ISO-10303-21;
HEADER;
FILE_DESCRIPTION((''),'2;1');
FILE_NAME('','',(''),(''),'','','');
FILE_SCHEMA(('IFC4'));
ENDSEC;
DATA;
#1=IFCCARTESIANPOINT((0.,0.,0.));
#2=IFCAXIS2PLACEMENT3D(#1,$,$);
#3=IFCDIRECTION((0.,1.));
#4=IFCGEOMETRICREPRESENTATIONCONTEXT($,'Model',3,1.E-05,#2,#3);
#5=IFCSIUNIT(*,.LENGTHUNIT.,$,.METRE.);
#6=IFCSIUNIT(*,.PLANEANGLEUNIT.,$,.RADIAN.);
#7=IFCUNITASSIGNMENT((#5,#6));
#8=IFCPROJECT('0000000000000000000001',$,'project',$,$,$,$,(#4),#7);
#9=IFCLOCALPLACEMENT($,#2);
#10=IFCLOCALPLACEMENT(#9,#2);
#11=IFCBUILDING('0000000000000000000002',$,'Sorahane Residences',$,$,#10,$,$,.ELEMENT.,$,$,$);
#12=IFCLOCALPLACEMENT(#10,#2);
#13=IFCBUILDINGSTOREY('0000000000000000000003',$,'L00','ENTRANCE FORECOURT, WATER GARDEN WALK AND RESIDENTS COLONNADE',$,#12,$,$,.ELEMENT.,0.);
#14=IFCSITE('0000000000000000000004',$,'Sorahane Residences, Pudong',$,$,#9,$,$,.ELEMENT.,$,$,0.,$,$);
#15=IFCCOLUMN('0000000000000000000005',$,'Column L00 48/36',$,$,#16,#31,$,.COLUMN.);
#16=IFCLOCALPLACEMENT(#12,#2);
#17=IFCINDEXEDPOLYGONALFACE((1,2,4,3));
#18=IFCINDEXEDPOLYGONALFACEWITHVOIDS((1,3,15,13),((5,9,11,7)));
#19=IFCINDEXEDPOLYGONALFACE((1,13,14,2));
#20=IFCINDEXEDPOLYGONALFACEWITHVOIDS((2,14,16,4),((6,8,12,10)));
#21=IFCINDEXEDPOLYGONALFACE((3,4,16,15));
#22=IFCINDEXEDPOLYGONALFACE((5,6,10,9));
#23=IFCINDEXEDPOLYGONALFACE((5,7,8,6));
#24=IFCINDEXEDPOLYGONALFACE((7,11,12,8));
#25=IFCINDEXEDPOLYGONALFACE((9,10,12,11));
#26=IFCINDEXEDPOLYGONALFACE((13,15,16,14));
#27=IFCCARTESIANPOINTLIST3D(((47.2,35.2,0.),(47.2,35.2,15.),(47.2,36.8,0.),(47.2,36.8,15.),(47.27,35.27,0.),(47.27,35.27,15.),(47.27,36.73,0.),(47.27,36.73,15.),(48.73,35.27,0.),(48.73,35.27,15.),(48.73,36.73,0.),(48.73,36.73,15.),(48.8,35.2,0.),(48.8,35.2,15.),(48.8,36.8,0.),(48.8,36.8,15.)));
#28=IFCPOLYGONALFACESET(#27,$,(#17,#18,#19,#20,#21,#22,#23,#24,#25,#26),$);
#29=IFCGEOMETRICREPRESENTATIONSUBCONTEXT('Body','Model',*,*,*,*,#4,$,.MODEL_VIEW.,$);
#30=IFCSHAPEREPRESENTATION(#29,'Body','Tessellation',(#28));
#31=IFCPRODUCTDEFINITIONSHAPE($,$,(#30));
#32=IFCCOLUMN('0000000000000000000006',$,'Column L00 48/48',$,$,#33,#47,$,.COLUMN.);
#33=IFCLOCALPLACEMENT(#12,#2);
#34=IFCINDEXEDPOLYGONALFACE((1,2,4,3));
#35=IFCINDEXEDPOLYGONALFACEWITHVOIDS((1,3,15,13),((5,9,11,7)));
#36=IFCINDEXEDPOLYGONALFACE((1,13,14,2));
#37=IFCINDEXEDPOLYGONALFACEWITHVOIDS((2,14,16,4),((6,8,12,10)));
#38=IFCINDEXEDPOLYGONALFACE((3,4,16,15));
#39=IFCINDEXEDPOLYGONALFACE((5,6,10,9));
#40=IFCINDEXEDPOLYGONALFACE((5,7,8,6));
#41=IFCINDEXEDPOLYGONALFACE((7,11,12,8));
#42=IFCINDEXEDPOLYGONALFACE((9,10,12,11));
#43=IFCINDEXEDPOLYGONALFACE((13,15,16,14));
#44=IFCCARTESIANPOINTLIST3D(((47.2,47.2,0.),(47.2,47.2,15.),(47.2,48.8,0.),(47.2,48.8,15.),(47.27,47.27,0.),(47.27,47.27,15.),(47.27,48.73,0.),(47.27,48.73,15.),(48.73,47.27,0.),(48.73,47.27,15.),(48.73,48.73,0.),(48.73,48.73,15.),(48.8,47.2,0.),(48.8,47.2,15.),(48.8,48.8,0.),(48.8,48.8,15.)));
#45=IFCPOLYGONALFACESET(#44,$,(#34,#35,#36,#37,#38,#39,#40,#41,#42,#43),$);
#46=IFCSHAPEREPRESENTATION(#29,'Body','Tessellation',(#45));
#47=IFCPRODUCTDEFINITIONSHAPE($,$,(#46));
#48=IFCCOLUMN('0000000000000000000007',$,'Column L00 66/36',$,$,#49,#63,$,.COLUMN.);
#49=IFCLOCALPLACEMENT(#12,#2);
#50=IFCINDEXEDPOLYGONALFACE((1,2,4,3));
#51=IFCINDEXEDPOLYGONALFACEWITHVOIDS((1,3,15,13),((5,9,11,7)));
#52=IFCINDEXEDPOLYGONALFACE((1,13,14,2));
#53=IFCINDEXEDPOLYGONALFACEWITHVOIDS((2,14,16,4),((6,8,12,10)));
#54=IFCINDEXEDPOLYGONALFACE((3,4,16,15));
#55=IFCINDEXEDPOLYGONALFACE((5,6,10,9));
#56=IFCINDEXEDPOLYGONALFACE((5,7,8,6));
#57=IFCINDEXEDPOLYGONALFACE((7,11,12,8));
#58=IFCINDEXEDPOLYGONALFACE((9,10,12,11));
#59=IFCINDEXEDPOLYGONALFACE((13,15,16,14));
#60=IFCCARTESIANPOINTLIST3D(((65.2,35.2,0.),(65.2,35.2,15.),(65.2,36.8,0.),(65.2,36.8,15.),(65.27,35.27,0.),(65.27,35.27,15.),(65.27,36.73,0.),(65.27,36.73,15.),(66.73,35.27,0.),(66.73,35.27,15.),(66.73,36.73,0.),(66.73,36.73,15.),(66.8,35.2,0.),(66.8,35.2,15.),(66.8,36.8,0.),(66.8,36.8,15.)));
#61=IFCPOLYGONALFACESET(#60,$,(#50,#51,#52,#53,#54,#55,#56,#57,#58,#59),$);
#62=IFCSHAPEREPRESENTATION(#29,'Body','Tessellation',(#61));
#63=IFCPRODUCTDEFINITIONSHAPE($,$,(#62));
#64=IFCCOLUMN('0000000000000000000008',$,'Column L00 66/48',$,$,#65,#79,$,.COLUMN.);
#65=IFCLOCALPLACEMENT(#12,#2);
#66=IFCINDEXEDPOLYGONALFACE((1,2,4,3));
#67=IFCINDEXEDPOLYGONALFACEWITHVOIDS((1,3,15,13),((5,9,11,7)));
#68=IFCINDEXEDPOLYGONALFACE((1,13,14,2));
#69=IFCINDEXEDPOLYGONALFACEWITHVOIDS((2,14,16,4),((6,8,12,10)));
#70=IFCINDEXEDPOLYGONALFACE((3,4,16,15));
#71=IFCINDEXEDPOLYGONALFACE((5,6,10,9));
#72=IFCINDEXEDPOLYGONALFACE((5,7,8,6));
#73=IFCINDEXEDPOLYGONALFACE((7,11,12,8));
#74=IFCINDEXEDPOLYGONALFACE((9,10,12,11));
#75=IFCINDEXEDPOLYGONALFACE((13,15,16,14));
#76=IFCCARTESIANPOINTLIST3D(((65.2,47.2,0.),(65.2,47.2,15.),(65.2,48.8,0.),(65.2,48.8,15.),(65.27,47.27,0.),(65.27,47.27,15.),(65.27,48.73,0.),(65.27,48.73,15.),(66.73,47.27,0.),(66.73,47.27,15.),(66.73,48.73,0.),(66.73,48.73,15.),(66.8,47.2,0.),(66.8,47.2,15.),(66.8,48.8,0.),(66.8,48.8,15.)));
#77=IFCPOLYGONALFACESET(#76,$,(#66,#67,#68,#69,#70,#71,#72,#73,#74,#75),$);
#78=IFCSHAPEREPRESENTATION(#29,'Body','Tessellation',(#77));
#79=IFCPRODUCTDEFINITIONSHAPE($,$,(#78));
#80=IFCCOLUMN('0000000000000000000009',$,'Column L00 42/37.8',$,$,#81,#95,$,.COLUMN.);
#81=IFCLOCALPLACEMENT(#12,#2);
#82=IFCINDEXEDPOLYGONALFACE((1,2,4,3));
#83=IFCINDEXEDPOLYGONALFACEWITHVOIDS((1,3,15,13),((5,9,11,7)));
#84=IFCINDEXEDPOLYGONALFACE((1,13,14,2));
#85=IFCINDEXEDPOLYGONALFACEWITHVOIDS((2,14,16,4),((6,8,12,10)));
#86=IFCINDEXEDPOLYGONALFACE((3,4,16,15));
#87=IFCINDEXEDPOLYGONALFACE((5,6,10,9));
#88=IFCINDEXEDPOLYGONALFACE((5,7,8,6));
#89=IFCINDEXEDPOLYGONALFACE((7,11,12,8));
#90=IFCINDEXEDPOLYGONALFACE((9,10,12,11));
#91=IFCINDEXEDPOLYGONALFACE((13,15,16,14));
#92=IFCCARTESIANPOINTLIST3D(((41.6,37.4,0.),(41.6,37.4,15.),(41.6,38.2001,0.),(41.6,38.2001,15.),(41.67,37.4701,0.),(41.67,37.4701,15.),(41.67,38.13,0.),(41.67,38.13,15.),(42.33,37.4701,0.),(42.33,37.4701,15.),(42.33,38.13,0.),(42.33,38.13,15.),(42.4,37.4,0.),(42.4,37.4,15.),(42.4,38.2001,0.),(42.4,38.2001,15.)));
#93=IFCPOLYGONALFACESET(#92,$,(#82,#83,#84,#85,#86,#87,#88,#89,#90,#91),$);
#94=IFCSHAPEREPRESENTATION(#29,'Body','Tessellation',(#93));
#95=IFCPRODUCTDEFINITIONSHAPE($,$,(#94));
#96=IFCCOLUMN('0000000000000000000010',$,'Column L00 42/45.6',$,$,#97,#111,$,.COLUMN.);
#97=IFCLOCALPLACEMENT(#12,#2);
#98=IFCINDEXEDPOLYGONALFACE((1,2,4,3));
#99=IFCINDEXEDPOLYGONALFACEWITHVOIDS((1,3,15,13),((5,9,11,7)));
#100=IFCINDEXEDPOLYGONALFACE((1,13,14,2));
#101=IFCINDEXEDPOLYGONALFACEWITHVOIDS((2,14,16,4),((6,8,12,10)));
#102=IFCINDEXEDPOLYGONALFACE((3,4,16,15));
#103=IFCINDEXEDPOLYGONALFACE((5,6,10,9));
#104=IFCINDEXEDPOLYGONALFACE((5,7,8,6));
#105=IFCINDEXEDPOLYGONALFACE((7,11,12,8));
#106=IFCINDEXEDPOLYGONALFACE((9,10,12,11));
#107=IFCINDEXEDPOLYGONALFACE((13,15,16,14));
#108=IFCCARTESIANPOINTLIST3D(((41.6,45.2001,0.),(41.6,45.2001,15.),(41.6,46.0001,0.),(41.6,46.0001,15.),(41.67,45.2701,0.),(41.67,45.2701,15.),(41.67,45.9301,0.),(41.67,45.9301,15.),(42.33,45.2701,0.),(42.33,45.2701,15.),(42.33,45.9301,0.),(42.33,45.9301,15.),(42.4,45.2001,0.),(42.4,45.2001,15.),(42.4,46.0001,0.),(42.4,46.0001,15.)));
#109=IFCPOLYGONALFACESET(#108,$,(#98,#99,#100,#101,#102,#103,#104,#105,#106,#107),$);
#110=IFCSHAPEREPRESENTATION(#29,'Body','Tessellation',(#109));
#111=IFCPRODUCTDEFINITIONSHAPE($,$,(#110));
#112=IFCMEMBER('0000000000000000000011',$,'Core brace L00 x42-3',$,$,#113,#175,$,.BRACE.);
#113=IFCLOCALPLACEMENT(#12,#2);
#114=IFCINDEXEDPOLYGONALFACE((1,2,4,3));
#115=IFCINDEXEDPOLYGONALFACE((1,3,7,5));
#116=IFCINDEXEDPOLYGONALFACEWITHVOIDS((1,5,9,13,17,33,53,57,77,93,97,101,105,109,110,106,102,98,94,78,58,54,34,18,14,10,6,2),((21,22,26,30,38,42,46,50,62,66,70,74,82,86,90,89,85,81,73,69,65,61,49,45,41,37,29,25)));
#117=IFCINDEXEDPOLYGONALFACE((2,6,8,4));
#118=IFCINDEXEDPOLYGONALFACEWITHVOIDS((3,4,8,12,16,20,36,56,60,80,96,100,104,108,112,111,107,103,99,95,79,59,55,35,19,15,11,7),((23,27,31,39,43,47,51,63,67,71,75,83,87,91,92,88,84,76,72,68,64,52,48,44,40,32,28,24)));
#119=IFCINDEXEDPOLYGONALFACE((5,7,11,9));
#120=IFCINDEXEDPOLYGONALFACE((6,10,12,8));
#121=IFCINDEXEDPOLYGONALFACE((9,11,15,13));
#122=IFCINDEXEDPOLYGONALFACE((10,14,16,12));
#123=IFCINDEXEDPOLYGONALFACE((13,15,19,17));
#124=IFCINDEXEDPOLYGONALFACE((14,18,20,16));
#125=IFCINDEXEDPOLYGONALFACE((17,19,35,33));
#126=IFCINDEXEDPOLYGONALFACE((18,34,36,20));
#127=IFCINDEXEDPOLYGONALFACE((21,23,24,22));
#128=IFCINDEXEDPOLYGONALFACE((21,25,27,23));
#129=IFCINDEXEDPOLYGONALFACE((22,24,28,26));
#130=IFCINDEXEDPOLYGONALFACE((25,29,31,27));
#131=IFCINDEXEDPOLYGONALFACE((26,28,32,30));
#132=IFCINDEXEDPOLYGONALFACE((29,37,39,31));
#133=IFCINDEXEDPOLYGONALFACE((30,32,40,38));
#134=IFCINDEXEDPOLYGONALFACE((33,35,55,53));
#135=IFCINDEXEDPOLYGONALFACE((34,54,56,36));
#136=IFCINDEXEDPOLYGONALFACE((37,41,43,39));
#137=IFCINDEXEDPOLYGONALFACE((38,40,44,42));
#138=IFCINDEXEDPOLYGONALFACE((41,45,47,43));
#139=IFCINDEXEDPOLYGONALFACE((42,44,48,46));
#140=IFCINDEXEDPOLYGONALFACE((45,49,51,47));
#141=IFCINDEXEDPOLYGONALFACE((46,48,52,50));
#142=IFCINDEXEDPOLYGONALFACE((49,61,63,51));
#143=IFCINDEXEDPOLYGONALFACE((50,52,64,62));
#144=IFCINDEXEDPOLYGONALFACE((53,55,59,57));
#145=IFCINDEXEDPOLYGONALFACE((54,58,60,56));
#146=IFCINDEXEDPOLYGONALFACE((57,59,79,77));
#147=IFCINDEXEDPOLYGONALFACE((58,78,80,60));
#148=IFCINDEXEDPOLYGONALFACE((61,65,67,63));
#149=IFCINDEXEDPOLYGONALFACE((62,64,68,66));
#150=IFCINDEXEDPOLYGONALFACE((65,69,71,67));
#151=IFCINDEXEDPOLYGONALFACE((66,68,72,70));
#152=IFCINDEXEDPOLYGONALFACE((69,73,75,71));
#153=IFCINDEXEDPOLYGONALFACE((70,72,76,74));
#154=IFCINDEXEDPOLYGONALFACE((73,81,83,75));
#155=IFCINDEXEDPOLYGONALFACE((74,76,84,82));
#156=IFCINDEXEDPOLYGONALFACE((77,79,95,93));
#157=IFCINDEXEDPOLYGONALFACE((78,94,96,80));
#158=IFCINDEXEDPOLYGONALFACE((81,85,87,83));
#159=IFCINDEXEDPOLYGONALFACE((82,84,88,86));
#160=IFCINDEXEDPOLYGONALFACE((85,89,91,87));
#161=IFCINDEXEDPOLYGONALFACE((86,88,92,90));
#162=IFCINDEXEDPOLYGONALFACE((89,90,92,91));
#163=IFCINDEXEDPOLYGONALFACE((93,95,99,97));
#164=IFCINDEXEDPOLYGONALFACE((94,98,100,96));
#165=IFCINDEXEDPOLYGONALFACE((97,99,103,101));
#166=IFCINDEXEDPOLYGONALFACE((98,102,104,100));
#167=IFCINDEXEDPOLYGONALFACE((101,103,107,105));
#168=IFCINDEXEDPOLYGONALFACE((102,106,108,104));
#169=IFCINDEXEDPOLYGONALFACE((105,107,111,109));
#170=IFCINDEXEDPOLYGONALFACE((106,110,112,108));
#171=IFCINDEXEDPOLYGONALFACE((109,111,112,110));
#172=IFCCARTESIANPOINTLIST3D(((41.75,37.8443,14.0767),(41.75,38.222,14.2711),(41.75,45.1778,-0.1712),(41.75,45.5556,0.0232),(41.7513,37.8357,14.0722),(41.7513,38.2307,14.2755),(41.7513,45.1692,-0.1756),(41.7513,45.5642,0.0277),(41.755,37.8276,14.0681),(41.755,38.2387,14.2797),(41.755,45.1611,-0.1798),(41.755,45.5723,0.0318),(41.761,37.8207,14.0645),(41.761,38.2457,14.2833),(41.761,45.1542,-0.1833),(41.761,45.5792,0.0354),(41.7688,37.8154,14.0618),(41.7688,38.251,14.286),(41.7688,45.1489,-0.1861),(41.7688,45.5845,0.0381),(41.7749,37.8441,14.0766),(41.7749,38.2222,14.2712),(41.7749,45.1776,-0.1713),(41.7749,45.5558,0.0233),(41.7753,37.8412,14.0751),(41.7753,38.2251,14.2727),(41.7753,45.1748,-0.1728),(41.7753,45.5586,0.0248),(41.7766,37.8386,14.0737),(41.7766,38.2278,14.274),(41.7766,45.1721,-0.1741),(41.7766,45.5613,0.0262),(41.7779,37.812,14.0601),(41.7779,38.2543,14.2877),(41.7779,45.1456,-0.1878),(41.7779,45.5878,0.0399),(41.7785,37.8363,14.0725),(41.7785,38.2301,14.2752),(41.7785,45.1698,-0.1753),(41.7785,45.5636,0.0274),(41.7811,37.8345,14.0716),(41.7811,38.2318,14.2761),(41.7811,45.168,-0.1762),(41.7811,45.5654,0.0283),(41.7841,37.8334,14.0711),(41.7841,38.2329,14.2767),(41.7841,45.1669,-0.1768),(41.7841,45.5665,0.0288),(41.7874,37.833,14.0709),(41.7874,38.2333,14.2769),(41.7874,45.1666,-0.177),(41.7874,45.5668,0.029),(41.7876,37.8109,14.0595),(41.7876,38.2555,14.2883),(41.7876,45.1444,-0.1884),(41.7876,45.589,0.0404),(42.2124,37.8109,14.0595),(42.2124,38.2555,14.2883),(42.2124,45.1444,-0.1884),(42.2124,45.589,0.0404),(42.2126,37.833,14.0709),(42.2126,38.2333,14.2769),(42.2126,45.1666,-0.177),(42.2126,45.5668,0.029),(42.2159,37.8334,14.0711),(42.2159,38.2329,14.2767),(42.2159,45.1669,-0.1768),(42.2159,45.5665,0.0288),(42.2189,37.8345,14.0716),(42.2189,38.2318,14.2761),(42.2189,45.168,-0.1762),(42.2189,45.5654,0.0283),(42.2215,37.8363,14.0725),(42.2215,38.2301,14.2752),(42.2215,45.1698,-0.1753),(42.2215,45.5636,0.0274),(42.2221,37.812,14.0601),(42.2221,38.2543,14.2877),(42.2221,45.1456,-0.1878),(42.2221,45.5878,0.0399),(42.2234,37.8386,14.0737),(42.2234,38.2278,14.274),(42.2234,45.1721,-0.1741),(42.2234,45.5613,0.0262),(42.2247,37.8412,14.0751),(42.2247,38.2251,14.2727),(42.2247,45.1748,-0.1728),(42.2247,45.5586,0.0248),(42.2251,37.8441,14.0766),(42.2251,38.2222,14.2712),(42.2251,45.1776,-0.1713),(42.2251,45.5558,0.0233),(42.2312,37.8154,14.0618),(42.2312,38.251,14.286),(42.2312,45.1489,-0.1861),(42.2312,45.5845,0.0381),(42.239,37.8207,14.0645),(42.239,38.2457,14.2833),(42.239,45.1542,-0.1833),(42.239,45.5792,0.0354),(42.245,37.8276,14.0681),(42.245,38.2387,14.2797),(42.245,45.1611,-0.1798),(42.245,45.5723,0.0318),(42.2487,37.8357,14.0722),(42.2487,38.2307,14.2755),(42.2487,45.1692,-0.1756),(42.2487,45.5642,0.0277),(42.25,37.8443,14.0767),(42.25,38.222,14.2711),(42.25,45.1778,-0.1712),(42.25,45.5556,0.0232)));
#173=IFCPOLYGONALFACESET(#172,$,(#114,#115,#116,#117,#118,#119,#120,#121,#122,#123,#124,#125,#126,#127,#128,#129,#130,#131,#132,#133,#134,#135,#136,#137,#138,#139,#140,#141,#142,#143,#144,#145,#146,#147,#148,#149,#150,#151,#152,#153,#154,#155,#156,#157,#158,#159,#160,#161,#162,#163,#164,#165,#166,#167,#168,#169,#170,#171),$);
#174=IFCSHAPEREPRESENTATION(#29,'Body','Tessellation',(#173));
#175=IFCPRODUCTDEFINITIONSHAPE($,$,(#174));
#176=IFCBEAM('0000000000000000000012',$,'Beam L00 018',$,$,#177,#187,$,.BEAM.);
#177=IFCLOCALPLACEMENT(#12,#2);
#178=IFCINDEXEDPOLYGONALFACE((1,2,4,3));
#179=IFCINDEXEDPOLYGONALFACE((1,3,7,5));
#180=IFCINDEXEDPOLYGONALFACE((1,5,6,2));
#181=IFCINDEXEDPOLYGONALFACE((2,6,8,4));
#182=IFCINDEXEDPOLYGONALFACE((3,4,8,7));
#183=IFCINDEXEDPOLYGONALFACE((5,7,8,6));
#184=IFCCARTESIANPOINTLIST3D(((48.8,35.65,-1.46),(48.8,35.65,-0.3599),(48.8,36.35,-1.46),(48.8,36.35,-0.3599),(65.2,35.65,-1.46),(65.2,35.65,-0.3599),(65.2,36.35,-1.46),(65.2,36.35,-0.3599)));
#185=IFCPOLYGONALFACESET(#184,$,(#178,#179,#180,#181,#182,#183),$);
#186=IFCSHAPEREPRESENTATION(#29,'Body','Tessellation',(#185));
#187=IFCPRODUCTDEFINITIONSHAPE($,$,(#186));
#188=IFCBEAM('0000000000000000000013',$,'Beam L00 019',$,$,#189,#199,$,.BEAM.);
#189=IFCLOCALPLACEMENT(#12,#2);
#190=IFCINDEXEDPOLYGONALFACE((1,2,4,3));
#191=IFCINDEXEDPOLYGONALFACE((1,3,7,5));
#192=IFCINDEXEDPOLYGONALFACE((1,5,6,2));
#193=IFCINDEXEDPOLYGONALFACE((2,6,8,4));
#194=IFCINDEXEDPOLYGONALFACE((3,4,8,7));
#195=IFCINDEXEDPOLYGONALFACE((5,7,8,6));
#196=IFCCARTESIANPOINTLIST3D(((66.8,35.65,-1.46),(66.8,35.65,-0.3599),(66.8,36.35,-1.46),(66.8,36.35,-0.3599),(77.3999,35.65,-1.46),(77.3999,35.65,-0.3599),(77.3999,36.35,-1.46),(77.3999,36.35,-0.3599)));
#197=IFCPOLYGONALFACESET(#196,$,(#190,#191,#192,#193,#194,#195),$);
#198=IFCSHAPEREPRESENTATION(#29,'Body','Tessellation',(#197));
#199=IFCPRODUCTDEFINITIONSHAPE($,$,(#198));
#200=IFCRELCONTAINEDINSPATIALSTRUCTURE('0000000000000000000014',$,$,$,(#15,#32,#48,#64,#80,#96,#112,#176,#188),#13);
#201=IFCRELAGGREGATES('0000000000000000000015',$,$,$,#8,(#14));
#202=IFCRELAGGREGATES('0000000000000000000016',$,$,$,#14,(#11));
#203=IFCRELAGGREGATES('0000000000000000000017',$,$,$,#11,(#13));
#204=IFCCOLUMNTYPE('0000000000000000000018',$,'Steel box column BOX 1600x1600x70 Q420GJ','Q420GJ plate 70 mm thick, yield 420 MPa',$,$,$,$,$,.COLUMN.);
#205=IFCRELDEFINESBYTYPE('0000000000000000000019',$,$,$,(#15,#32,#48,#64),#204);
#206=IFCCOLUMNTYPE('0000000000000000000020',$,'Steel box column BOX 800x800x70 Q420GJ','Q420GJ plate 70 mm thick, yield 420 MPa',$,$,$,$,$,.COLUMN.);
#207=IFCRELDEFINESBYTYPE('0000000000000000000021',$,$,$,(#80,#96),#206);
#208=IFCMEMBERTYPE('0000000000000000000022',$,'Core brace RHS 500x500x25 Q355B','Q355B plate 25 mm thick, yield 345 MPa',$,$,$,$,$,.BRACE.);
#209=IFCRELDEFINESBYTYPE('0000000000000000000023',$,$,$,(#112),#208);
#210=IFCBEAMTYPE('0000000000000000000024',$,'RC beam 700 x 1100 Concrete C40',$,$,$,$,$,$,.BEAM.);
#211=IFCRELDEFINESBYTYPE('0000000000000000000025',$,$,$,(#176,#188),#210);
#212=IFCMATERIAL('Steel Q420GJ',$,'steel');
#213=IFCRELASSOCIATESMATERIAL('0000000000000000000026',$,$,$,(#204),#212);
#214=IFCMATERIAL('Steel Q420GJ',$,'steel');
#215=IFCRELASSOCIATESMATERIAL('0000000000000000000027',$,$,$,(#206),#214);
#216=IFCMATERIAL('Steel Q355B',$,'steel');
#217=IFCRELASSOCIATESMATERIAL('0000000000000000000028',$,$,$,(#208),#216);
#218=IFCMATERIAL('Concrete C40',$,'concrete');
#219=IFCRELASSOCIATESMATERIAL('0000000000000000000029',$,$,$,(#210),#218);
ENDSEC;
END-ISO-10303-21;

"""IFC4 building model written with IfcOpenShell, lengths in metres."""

from ifc_helpers import new_model, si_unit, direction, frame, origin, origin_2d, place, context, subcontext, project, spatial, rectangle, hollow_rectangle, extrude, material, material_profile, profile_set, type_object, element, save


model = new_model("IFC4")

# Units and contexts
model_context = context("Model", 3, precision=1e-05, world=origin(), true_north=direction((0.0, 1.0)))
body_context = subcontext(model_context, "Body", "Model", "MODEL_VIEW")
ifc_project = project(units=[si_unit("LENGTHUNIT", "METRE"), si_unit("PLANEANGLEUNIT", "RADIAN")], contexts=[model_context])

# Site, building, storey
site_placement = place(None, origin())
site = spatial("IfcSite", under=ifc_project, at=site_placement, Name="Sorahane Residences, Pudong", CompositionType="ELEMENT", RefElevation=0.0)
building_placement = place(site_placement, origin())
building = spatial("IfcBuilding", under=site, at=building_placement, Name="Sorahane Residences", CompositionType="ELEMENT")
storey_placement = place(building_placement, origin())
storey = spatial("IfcBuildingStorey", under=building, at=storey_placement, Name="L00", Description="ENTRANCE FORECOURT, WATER GARDEN WALK AND RESIDENTS COLONNADE", CompositionType="ELEMENT", Elevation=0.0)

# Columns
ifc_material_1 = material(Name="Steel Q420GJ", Category="steel")
ifc_material_profile_1 = material_profile(ifc_material_1, hollow_rectangle(XDim=1.6001, YDim=1.6001, WallThickness=0.0701, at=origin_2d()), Name="BOX 1600x1600x70")
ifc_profile_set_1 = profile_set([ifc_material_profile_1], Name="Steel Q420GJ")
column_type_1 = type_object("IfcColumnType", Name="Steel box column BOX 1600x1600x70 Q420GJ", Description="Q420GJ plate 70 mm thick, yield 420 MPa", PredefinedType="COLUMN", material=ifc_profile_set_1)
for number, where, z_axis, x_axis, name in (
    (1, (48.0, 36.0, 0.0), (0.0, 0.0, 1.0), (1.0, 0.0, 0.0), "Column L00 48/36"),
    (2, (48.0, 48.0, 0.0), (0.0, 0.0, 1.0), (1.0, 0.0, 0.0), "Column L00 48/48"),
    (3, (66.0, 36.0, 0.0), (0.0, 0.0, 1.0), (1.0, 0.0, 0.0), "Column L00 66/36"),
    (4, (66.0, 48.0, 0.0), (0.0, 0.0, 1.0), (1.0, 0.0, 0.0), "Column L00 66/48"),
):
    element("IfcColumn", number, at=place(storey_placement, frame(where, z_axis=z_axis, x_axis=x_axis)), inside=storey, type_object=column_type_1, Name=name, PredefinedType="COLUMN", context=body_context, shape_type="SweptSolid", body=[
        extrude(hollow_rectangle(XDim=1.6001, YDim=1.6001, WallThickness=0.0701, at=origin_2d()), origin(), (0.0, 0.0, 1.0), 15.0),
    ])
ifc_material_2 = material(Name="Steel Q420GJ", Category="steel")
ifc_material_profile_2 = material_profile(ifc_material_2, hollow_rectangle(XDim=0.8, YDim=0.8, WallThickness=0.0701, at=origin_2d()), Name="BOX 800x800x70")
ifc_profile_set_2 = profile_set([ifc_material_profile_2], Name="Steel Q420GJ")
column_type_2 = type_object("IfcColumnType", Name="Steel box column BOX 800x800x70 Q420GJ", Description="Q420GJ plate 70 mm thick, yield 420 MPa", PredefinedType="COLUMN", material=ifc_profile_set_2)
for number, where, z_axis, x_axis, name in (
    (5, (42.0, 37.8, 0.0), (0.0, 0.0, 1.0), (1.0, 0.0, 0.0), "Column L00 42/37.8"),
    (6, (42.0, 45.6001, 0.0), (0.0, 0.0, 1.0), (1.0, 0.0, 0.0), "Column L00 42/45.6"),
):
    element("IfcColumn", number, at=place(storey_placement, frame(where, z_axis=z_axis, x_axis=x_axis)), inside=storey, type_object=column_type_2, Name=name, PredefinedType="COLUMN", context=body_context, shape_type="SweptSolid", body=[
        extrude(hollow_rectangle(XDim=0.8, YDim=0.8, WallThickness=0.0701, at=origin_2d()), origin(), (0.0, 0.0, 1.0), 15.0),
    ])

# Member
ifc_material_3 = material(Name="Steel Q355B", Category="steel")
ifc_material_profile_3 = material_profile(ifc_material_3, hollow_rectangle(XDim=0.5, YDim=0.5, WallThickness=0.0249, InnerFilletRadius=0.0125, OuterFilletRadius=0.0376, at=origin_2d()), Name="RHS 500x500x25")
ifc_profile_set_3 = profile_set([ifc_material_profile_3], Name="Steel Q355B")
member_type = type_object("IfcMemberType", Name="Core brace RHS 500x500x25 Q355B", Description="Q355B plate 25 mm thick, yield 345 MPa", PredefinedType="BRACE", material=ifc_profile_set_3)
member_placement = place(storey_placement, frame((42.0, 45.3667, -0.074), z_axis=(0.0, -0.457647, 0.889134), x_axis=(1.0, 0.0, 0.0)))
element("IfcMember", 7, at=member_placement, inside=storey, type_object=member_type, Name="Core brace L00 x42-3", PredefinedType="BRACE", context=body_context, shape_type="SweptSolid", body=[
    extrude(hollow_rectangle(XDim=0.5, YDim=0.5, WallThickness=0.0249, InnerFilletRadius=0.0125, OuterFilletRadius=0.0376, at=origin_2d()), origin(), (0.0, 0.0, 1.0), 16.0244),
])

# Beams
ifc_material_4 = material(Name="Concrete C40", Category="concrete")
ifc_material_profile_4 = material_profile(ifc_material_4, rectangle(XDim=0.7, YDim=1.1001, at=origin_2d()), Name="700x1100")
ifc_profile_set_4 = profile_set([ifc_material_profile_4], Name="Concrete C40")
beam_type = type_object("IfcBeamType", Name="RC beam 700 x 1100 Concrete C40", PredefinedType="BEAM", material=ifc_profile_set_4)
beam_1_placement = place(storey_placement, frame((48.8, 36.0, -0.9099), z_axis=(1.0, 0.0, 0.0), x_axis=(0.0, 1.0, 0.0)))
element("IfcBeam", 8, at=beam_1_placement, inside=storey, type_object=beam_type, Name="Beam L00 018", PredefinedType="BEAM", context=body_context, shape_type="SweptSolid", body=[
    extrude(rectangle(XDim=0.7, YDim=1.1001, at=origin_2d()), origin(), (0.0, 0.0, 1.0), 16.3999),
])
beam_2_placement = place(storey_placement, frame((66.8, 36.0, -0.9099), z_axis=(1.0, 0.0, 0.0), x_axis=(0.0, 1.0, 0.0)))
element("IfcBeam", 9, at=beam_2_placement, inside=storey, type_object=beam_type, Name="Beam L00 019", PredefinedType="BEAM", context=body_context, shape_type="SweptSolid", body=[
    extrude(rectangle(XDim=0.7, YDim=1.1001, at=origin_2d()), origin(), (0.0, 0.0, 1.0), 10.5999),
])

save(model, "model.ifc")
